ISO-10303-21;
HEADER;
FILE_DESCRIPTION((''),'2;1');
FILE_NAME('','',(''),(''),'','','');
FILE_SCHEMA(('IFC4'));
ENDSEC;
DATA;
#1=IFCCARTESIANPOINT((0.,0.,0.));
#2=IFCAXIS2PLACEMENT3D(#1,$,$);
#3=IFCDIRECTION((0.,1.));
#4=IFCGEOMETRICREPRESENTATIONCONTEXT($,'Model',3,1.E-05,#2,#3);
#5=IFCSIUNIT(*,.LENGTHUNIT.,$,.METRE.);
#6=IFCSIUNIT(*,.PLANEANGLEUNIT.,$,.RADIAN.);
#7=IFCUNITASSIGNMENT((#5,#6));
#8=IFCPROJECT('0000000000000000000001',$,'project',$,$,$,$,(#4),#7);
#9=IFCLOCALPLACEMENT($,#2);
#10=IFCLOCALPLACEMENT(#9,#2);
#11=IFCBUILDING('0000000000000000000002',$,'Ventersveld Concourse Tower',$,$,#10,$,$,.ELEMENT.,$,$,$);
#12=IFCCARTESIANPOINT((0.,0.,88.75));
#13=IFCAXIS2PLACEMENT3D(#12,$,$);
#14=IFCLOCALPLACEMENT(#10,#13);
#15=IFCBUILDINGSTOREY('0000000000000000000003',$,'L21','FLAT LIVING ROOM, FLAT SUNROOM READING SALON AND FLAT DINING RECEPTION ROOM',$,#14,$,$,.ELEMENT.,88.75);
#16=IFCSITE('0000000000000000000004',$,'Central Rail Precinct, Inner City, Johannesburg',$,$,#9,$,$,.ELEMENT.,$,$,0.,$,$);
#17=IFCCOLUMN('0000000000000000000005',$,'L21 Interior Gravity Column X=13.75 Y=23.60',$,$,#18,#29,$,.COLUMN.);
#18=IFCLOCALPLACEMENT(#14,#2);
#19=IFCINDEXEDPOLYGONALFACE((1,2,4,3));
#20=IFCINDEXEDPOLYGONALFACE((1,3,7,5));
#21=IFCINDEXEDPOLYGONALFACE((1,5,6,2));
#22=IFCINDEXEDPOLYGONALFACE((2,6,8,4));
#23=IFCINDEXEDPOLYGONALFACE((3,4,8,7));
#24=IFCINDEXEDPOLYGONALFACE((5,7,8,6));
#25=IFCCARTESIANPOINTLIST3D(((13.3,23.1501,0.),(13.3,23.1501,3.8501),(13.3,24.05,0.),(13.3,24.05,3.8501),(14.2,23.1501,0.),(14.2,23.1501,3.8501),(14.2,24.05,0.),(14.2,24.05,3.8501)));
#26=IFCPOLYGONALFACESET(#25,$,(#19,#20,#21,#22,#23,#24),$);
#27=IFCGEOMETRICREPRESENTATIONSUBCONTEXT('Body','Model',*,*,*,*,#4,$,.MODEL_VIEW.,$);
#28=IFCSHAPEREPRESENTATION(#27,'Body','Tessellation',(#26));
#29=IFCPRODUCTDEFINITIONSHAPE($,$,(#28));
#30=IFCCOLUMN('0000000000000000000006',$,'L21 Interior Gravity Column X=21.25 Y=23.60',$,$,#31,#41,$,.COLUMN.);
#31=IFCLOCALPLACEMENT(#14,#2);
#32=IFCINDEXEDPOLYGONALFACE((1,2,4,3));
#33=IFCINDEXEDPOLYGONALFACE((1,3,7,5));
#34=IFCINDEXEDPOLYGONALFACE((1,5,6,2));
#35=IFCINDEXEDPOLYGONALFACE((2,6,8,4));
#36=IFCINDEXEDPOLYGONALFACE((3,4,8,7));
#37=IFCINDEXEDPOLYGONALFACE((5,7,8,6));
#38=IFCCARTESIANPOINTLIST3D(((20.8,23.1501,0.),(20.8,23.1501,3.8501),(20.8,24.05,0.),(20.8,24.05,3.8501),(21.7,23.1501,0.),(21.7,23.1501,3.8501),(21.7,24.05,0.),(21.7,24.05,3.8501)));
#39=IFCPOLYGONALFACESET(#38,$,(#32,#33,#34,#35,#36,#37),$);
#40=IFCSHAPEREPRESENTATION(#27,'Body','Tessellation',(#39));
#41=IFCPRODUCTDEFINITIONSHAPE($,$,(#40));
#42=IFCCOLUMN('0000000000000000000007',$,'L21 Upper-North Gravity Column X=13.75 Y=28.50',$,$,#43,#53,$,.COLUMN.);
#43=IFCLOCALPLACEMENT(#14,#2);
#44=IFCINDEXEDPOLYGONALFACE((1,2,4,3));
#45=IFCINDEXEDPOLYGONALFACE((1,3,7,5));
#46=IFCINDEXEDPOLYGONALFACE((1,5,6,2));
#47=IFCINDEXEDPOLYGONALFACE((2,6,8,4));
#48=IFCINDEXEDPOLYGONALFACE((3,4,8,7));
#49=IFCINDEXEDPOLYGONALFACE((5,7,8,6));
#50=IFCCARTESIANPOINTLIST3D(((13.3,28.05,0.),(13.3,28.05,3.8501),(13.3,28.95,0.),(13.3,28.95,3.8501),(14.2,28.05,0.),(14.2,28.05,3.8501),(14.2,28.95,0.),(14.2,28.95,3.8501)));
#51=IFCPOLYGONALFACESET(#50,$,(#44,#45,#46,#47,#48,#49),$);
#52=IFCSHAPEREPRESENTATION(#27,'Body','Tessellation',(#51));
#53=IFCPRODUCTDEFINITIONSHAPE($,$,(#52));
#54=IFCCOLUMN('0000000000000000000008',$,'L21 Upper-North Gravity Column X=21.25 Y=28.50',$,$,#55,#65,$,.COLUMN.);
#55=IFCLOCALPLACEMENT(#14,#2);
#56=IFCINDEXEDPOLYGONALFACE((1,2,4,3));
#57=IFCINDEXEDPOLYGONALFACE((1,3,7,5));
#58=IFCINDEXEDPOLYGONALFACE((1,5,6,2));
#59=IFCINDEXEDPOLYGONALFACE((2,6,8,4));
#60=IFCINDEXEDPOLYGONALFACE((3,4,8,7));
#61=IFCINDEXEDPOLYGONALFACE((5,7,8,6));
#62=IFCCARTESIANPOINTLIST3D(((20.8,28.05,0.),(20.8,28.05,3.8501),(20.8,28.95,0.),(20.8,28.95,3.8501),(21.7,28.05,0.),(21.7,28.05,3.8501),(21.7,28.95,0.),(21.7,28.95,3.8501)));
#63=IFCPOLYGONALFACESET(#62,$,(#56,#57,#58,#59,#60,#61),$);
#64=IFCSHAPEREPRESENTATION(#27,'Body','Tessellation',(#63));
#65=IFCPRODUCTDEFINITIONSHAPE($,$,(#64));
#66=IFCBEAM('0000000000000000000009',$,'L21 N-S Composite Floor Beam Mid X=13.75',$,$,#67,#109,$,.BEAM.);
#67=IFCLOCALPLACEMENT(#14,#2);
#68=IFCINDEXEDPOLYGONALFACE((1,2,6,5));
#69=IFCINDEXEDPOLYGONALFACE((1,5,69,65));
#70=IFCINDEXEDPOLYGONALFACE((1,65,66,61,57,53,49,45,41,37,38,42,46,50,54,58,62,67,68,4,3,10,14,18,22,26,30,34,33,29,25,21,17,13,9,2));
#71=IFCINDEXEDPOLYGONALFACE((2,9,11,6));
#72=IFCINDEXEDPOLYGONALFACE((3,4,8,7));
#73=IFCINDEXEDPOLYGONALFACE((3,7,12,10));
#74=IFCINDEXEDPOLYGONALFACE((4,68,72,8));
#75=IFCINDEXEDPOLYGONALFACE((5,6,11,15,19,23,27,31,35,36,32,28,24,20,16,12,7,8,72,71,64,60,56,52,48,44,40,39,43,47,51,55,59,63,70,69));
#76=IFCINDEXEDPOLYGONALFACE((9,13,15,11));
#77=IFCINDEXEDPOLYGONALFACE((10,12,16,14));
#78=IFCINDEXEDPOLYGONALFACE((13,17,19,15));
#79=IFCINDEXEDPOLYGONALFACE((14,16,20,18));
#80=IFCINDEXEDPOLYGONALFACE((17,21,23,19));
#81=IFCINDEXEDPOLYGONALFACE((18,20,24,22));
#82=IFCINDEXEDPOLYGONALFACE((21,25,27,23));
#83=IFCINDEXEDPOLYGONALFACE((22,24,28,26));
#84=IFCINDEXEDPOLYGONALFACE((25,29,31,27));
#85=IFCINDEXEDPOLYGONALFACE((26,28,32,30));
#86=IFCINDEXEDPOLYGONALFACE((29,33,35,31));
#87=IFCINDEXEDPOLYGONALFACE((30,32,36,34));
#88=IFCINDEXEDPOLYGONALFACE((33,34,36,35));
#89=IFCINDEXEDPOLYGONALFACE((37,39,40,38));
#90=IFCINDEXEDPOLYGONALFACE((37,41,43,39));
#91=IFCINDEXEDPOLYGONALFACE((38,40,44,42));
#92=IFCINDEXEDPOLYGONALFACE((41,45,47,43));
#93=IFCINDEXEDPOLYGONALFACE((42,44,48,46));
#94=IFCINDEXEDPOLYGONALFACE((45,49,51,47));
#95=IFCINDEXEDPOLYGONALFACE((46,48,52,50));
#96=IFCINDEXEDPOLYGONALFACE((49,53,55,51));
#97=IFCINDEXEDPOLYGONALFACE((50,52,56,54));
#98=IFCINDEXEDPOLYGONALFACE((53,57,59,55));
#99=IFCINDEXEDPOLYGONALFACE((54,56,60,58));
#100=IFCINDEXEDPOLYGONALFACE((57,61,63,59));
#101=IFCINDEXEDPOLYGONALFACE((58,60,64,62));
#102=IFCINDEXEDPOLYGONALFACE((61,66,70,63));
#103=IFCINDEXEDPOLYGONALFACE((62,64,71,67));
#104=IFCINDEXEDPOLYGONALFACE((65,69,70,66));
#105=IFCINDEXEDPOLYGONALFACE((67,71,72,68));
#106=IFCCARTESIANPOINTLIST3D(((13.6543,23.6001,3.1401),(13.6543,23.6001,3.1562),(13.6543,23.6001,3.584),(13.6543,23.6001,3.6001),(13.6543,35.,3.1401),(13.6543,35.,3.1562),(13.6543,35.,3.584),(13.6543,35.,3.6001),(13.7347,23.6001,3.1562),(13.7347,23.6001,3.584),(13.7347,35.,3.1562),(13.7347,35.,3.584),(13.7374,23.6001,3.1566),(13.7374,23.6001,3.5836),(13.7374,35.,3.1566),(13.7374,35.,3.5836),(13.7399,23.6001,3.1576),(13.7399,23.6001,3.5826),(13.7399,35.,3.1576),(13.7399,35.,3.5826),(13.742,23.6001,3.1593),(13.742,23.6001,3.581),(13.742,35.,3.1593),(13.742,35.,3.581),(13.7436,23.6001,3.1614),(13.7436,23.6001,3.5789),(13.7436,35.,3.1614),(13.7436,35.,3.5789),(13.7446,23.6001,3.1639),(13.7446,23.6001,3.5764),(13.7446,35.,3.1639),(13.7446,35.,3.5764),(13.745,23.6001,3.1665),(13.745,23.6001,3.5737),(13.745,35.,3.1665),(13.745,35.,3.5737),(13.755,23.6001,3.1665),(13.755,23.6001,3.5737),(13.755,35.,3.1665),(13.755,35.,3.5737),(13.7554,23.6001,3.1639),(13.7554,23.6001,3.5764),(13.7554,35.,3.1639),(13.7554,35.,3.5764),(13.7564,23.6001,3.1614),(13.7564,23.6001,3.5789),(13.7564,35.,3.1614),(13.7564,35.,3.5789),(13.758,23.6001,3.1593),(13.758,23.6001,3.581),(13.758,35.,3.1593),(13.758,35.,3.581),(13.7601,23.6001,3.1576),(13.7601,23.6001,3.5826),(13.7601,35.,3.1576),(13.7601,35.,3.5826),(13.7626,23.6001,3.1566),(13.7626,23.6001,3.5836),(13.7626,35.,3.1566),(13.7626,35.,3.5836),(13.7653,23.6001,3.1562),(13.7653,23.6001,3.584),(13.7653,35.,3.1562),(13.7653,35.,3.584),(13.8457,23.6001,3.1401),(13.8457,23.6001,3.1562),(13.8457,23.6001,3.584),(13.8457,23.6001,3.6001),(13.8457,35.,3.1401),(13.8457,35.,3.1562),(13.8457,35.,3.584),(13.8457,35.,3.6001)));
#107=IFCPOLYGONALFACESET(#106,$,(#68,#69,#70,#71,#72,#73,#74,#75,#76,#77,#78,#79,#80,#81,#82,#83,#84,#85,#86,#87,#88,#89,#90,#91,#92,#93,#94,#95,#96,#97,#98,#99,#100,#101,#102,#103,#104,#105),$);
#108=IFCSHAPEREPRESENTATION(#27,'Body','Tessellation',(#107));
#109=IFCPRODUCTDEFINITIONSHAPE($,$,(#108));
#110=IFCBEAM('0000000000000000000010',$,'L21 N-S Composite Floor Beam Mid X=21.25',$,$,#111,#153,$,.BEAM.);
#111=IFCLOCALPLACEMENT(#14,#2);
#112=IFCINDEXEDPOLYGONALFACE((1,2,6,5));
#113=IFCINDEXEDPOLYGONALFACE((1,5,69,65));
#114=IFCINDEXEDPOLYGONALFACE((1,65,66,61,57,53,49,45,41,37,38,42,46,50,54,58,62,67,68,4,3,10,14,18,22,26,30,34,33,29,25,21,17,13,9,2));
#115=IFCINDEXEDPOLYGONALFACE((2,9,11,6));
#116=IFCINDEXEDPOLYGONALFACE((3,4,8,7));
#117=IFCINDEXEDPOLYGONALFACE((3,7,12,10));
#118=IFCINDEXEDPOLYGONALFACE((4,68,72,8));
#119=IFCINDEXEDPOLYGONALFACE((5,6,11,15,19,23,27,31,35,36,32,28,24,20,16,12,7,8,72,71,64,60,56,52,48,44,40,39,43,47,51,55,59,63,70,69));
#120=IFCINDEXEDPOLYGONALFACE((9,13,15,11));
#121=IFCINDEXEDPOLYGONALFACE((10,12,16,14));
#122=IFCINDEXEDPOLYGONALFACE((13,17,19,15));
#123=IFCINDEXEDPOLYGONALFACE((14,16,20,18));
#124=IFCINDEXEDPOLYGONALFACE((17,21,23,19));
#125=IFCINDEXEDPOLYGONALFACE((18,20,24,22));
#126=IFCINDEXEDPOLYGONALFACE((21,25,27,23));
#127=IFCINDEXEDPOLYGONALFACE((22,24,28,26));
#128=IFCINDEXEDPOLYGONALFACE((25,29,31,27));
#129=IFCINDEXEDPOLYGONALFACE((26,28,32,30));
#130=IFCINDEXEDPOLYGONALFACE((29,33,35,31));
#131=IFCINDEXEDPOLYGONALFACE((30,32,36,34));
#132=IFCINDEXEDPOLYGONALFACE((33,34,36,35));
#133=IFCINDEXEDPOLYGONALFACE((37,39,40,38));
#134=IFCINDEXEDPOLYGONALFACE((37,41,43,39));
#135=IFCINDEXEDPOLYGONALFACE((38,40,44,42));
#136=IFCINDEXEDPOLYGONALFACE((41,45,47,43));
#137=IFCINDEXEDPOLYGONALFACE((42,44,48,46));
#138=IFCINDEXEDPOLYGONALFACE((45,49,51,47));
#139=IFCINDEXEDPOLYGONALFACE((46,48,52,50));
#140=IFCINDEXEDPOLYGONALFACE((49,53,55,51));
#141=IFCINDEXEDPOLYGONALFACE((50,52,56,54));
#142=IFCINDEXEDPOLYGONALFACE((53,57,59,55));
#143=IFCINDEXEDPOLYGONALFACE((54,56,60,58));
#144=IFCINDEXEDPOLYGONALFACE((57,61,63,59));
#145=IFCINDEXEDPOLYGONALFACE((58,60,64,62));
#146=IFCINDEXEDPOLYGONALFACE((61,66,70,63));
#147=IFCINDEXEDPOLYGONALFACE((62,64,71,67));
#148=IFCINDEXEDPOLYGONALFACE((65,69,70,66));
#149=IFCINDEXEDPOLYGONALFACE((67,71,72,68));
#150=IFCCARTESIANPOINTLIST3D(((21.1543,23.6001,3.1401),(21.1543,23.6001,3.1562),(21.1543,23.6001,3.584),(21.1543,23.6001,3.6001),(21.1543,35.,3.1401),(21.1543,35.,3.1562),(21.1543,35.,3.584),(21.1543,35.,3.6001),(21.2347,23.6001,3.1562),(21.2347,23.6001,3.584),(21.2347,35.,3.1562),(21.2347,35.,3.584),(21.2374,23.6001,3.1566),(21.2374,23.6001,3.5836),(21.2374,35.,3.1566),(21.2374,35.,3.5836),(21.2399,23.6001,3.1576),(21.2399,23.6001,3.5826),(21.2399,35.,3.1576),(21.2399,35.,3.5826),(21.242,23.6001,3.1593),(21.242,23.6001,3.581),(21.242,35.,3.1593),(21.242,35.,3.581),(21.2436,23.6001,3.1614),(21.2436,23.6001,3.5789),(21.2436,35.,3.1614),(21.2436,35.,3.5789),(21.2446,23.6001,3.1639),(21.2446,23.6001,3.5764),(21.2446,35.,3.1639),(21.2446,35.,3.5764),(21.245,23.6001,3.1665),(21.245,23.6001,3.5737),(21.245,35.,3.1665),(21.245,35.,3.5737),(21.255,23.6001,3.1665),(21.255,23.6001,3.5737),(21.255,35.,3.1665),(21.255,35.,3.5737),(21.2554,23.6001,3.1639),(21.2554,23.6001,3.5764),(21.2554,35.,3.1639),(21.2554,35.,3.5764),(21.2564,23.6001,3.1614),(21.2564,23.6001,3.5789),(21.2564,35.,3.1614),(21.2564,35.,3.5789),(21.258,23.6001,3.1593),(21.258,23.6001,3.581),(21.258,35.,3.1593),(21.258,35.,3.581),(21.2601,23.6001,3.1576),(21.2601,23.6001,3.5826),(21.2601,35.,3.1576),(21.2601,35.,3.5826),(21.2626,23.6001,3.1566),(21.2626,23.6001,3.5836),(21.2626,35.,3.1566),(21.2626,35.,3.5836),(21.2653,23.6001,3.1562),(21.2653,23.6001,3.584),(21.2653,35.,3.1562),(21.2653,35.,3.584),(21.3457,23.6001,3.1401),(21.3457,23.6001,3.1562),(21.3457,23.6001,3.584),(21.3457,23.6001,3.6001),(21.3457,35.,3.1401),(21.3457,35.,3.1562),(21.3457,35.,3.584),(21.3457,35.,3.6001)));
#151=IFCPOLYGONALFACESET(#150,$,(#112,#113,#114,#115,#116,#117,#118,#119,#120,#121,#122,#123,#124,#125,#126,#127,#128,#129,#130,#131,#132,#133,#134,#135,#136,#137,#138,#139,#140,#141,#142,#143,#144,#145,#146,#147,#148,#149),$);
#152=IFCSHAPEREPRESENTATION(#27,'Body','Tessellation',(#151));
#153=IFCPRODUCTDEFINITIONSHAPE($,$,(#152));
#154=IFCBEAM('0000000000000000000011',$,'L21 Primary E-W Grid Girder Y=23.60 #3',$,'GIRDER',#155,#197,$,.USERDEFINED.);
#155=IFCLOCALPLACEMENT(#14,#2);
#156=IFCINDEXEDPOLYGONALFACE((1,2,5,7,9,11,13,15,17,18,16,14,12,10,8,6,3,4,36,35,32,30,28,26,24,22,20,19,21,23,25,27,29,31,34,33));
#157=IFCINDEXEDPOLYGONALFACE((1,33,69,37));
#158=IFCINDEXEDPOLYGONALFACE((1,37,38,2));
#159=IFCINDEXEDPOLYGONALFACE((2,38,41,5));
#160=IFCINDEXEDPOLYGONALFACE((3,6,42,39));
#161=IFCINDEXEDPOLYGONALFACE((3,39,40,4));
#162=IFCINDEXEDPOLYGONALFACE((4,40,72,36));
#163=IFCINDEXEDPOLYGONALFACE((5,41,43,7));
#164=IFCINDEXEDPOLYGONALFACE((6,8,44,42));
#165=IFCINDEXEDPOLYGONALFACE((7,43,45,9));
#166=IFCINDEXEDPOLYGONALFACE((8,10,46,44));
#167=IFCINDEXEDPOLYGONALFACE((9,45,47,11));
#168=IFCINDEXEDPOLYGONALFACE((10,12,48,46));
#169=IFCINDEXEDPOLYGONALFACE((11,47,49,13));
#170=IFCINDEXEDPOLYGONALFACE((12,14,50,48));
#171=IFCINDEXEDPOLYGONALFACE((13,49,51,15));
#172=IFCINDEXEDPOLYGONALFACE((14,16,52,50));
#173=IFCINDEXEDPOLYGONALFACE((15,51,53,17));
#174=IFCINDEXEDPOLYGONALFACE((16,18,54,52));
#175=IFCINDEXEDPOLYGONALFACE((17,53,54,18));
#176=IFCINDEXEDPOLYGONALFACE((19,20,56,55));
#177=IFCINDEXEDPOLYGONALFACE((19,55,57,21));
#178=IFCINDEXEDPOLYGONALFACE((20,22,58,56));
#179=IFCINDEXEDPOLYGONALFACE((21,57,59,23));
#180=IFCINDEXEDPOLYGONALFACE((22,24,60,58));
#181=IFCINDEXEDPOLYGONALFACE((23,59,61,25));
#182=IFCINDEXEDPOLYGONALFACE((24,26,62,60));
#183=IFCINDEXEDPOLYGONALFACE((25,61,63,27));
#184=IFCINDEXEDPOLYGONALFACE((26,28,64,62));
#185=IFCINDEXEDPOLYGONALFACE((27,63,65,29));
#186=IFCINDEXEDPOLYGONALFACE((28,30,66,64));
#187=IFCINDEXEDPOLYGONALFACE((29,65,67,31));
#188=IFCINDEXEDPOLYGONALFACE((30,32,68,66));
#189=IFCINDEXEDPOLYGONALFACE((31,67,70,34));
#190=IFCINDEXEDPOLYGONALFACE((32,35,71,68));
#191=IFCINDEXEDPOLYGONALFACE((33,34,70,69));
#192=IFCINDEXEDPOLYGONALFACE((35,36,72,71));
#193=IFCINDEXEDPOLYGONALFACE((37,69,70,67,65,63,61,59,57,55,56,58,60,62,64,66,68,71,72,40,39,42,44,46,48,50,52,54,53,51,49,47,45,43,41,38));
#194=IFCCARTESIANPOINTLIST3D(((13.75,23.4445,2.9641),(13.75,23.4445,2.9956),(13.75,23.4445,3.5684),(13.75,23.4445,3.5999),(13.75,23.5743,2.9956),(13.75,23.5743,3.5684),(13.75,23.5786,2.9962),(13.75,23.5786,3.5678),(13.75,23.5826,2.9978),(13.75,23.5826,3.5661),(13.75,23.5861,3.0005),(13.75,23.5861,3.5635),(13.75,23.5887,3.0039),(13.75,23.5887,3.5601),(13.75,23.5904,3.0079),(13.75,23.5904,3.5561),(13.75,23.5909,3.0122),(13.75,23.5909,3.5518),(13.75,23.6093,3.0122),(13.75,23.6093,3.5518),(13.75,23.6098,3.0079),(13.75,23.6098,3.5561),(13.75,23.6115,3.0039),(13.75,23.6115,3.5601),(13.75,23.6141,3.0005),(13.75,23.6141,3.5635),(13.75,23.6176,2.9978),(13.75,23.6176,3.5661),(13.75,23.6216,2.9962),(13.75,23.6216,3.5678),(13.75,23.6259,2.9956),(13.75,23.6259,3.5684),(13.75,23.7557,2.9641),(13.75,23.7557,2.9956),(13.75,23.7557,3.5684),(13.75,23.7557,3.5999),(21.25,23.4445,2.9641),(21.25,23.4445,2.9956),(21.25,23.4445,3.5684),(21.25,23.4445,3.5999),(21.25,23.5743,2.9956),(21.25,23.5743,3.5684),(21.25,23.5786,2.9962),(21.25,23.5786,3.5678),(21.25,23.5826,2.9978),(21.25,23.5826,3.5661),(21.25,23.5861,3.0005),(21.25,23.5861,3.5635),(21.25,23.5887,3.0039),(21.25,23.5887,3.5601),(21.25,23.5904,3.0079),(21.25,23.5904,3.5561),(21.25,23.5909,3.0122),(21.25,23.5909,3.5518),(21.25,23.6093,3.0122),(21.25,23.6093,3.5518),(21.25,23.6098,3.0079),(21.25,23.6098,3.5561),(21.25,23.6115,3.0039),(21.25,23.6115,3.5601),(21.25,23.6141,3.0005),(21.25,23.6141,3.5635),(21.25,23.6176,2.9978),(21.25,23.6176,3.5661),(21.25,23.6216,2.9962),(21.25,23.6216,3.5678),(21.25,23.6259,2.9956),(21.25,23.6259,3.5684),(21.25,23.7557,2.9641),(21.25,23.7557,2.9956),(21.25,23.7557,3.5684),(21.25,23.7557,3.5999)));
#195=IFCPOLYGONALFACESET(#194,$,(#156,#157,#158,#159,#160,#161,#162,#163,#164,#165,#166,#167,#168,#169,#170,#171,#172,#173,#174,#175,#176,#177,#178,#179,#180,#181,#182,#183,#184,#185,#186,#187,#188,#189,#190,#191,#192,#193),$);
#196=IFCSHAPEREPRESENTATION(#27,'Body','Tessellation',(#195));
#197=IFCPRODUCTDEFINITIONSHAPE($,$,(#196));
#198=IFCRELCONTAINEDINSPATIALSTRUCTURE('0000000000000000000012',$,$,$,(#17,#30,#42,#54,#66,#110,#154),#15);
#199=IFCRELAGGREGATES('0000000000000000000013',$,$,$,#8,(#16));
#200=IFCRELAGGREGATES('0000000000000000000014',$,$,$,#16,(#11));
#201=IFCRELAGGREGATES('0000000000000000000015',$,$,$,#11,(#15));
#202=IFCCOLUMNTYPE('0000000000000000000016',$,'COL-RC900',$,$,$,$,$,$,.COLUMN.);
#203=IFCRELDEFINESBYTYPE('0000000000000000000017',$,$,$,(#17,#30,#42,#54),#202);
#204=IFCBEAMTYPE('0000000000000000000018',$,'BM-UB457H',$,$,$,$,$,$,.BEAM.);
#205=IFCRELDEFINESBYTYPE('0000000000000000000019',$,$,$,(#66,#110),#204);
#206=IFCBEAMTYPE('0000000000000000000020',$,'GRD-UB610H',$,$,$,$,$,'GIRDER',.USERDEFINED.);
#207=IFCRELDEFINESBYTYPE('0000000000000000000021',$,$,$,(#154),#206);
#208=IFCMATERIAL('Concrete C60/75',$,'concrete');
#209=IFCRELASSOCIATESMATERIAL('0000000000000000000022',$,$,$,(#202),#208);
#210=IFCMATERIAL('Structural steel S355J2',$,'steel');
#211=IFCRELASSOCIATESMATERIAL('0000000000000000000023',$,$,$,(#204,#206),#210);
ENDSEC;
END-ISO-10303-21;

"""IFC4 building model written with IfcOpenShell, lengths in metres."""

from ifc_helpers import new_model, si_unit, direction, frame, origin, origin_2d, place, context, subcontext, project, spatial, rectangle, i_section, extrude, material, material_profile, profile_set, type_object, element, save


model = new_model("IFC4")

# Units and contexts
model_context = context("Model", 3, precision=1e-05, world=origin(), true_north=direction((0.0, 1.0)))
body_context = subcontext(model_context, "Body", "Model", "MODEL_VIEW")
ifc_project = project(units=[si_unit("LENGTHUNIT", "METRE"), si_unit("PLANEANGLEUNIT", "RADIAN")], contexts=[model_context])

# Site, building, storey
site_placement = place(None, origin())
site = spatial("IfcSite", under=ifc_project, at=site_placement, Name="Central Rail Precinct, Inner City, Johannesburg", CompositionType="ELEMENT", RefElevation=0.0)
building_placement = place(site_placement, origin())
building = spatial("IfcBuilding", under=site, at=building_placement, Name="Ventersveld Concourse Tower", CompositionType="ELEMENT")
storey_placement = place(building_placement, frame((0.0, 0.0, 88.75)))
storey = spatial("IfcBuildingStorey", under=building, at=storey_placement, Name="L21", Description="FLAT LIVING ROOM, FLAT SUNROOM READING SALON AND FLAT DINING RECEPTION ROOM", CompositionType="ELEMENT", Elevation=88.75)

# Columns
ifc_material_1 = material(Name="Concrete C60/75", Category="concrete")
ifc_material_profile_1 = material_profile(ifc_material_1, rectangle(XDim=0.8999, YDim=0.8999, at=origin_2d()), Name="RC 900x900")
ifc_profile_set_1 = profile_set([ifc_material_profile_1], Name="Concrete C60/75")
column_type = type_object("IfcColumnType", Name="COL-RC900", PredefinedType="COLUMN", material=ifc_profile_set_1)
for number, where, z_axis, x_axis, name in (
    (1, (13.75, 23.6001, 0.0), (0.0, 0.0, 1.0), (1.0, 0.0, 0.0), "L21 Interior Gravity Column X=13.75 Y=23.60"),
    (2, (21.25, 23.6001, 0.0), (0.0, 0.0, 1.0), (1.0, 0.0, 0.0), "L21 Interior Gravity Column X=21.25 Y=23.60"),
    (3, (13.75, 28.5, 0.0), (0.0, 0.0, 1.0), (1.0, 0.0, 0.0), "L21 Upper-North Gravity Column X=13.75 Y=28.50"),
    (4, (21.25, 28.5, 0.0), (0.0, 0.0, 1.0), (1.0, 0.0, 0.0), "L21 Upper-North Gravity Column X=21.25 Y=28.50"),
):
    element("IfcColumn", number, at=place(storey_placement, frame(where, z_axis=z_axis, x_axis=x_axis)), inside=storey, type_object=column_type, Name=name, PredefinedType="COLUMN", context=body_context, shape_type="SweptSolid", body=[
        extrude(rectangle(XDim=0.8999, YDim=0.8999, at=origin_2d()), origin(), (0.0, 0.0, 1.0), 3.8501),
    ])

# Beams
ifc_material_2 = material(Name="Structural steel S355J2", Category="steel")
ifc_material_profile_2 = material_profile(ifc_material_2, i_section(OverallWidth=0.1914, OverallDepth=0.46, WebThickness=0.01, FlangeThickness=0.0161, FilletRadius=0.0103, at=origin_2d()), Name="UB 457x191x82")
ifc_profile_set_2 = profile_set([ifc_material_profile_2], Name="Structural steel S355J2")
beam_type_1 = type_object("IfcBeamType", Name="BM-UB457H", PredefinedType="BEAM", material=ifc_profile_set_2)
for number, where, z_axis, x_axis, name in (
    (5, (13.75, 23.6001, 3.3701), (0.0, 1.0, 0.0), (-1.0, 0.0, 0.0), "L21 N-S Composite Floor Beam Mid X=13.75"),
    (6, (21.25, 23.6001, 3.3701), (0.0, 1.0, 0.0), (-1.0, 0.0, 0.0), "L21 N-S Composite Floor Beam Mid X=21.25"),
):
    element("IfcBeam", number, at=place(storey_placement, frame(where, z_axis=z_axis, x_axis=x_axis)), inside=storey, type_object=beam_type_1, Name=name, PredefinedType="BEAM", context=body_context, shape_type="SweptSolid", body=[
        extrude(i_section(OverallWidth=0.1914, OverallDepth=0.46, WebThickness=0.01, FlangeThickness=0.0161, FilletRadius=0.0103, at=origin_2d()), origin(), (0.0, 0.0, 1.0), 11.3999),
    ])
ifc_material_profile_3 = material_profile(ifc_material_2, i_section(OverallWidth=0.3113, OverallDepth=0.6357, WebThickness=0.0183, FlangeThickness=0.0315, FilletRadius=0.0166, at=origin_2d()), Name="UB 610x305x238")
ifc_profile_set_3 = profile_set([ifc_material_profile_3], Name="Structural steel S355J2")
beam_type_2 = type_object("IfcBeamType", Name="GRD-UB610H", ElementType="GIRDER", PredefinedType="USERDEFINED", material=ifc_profile_set_3)
for number, where, z_axis, x_axis, name in (
    (7, (13.75, 23.6001, 3.282), (1.0, 0.0, 0.0), (0.0, 1.0, 0.0), "L21 Primary E-W Grid Girder Y=23.60 #3"),
):
    element("IfcBeam", number, at=place(storey_placement, frame(where, z_axis=z_axis, x_axis=x_axis)), inside=storey, type_object=beam_type_2, Name=name, ObjectType="GIRDER", PredefinedType="USERDEFINED", context=body_context, shape_type="SweptSolid", body=[
        extrude(i_section(OverallWidth=0.3113, OverallDepth=0.6357, WebThickness=0.0183, FlangeThickness=0.0315, FilletRadius=0.0166, at=origin_2d()), origin(), (0.0, 0.0, 1.0), 7.5),
    ])

save(model, "model.ifc")
